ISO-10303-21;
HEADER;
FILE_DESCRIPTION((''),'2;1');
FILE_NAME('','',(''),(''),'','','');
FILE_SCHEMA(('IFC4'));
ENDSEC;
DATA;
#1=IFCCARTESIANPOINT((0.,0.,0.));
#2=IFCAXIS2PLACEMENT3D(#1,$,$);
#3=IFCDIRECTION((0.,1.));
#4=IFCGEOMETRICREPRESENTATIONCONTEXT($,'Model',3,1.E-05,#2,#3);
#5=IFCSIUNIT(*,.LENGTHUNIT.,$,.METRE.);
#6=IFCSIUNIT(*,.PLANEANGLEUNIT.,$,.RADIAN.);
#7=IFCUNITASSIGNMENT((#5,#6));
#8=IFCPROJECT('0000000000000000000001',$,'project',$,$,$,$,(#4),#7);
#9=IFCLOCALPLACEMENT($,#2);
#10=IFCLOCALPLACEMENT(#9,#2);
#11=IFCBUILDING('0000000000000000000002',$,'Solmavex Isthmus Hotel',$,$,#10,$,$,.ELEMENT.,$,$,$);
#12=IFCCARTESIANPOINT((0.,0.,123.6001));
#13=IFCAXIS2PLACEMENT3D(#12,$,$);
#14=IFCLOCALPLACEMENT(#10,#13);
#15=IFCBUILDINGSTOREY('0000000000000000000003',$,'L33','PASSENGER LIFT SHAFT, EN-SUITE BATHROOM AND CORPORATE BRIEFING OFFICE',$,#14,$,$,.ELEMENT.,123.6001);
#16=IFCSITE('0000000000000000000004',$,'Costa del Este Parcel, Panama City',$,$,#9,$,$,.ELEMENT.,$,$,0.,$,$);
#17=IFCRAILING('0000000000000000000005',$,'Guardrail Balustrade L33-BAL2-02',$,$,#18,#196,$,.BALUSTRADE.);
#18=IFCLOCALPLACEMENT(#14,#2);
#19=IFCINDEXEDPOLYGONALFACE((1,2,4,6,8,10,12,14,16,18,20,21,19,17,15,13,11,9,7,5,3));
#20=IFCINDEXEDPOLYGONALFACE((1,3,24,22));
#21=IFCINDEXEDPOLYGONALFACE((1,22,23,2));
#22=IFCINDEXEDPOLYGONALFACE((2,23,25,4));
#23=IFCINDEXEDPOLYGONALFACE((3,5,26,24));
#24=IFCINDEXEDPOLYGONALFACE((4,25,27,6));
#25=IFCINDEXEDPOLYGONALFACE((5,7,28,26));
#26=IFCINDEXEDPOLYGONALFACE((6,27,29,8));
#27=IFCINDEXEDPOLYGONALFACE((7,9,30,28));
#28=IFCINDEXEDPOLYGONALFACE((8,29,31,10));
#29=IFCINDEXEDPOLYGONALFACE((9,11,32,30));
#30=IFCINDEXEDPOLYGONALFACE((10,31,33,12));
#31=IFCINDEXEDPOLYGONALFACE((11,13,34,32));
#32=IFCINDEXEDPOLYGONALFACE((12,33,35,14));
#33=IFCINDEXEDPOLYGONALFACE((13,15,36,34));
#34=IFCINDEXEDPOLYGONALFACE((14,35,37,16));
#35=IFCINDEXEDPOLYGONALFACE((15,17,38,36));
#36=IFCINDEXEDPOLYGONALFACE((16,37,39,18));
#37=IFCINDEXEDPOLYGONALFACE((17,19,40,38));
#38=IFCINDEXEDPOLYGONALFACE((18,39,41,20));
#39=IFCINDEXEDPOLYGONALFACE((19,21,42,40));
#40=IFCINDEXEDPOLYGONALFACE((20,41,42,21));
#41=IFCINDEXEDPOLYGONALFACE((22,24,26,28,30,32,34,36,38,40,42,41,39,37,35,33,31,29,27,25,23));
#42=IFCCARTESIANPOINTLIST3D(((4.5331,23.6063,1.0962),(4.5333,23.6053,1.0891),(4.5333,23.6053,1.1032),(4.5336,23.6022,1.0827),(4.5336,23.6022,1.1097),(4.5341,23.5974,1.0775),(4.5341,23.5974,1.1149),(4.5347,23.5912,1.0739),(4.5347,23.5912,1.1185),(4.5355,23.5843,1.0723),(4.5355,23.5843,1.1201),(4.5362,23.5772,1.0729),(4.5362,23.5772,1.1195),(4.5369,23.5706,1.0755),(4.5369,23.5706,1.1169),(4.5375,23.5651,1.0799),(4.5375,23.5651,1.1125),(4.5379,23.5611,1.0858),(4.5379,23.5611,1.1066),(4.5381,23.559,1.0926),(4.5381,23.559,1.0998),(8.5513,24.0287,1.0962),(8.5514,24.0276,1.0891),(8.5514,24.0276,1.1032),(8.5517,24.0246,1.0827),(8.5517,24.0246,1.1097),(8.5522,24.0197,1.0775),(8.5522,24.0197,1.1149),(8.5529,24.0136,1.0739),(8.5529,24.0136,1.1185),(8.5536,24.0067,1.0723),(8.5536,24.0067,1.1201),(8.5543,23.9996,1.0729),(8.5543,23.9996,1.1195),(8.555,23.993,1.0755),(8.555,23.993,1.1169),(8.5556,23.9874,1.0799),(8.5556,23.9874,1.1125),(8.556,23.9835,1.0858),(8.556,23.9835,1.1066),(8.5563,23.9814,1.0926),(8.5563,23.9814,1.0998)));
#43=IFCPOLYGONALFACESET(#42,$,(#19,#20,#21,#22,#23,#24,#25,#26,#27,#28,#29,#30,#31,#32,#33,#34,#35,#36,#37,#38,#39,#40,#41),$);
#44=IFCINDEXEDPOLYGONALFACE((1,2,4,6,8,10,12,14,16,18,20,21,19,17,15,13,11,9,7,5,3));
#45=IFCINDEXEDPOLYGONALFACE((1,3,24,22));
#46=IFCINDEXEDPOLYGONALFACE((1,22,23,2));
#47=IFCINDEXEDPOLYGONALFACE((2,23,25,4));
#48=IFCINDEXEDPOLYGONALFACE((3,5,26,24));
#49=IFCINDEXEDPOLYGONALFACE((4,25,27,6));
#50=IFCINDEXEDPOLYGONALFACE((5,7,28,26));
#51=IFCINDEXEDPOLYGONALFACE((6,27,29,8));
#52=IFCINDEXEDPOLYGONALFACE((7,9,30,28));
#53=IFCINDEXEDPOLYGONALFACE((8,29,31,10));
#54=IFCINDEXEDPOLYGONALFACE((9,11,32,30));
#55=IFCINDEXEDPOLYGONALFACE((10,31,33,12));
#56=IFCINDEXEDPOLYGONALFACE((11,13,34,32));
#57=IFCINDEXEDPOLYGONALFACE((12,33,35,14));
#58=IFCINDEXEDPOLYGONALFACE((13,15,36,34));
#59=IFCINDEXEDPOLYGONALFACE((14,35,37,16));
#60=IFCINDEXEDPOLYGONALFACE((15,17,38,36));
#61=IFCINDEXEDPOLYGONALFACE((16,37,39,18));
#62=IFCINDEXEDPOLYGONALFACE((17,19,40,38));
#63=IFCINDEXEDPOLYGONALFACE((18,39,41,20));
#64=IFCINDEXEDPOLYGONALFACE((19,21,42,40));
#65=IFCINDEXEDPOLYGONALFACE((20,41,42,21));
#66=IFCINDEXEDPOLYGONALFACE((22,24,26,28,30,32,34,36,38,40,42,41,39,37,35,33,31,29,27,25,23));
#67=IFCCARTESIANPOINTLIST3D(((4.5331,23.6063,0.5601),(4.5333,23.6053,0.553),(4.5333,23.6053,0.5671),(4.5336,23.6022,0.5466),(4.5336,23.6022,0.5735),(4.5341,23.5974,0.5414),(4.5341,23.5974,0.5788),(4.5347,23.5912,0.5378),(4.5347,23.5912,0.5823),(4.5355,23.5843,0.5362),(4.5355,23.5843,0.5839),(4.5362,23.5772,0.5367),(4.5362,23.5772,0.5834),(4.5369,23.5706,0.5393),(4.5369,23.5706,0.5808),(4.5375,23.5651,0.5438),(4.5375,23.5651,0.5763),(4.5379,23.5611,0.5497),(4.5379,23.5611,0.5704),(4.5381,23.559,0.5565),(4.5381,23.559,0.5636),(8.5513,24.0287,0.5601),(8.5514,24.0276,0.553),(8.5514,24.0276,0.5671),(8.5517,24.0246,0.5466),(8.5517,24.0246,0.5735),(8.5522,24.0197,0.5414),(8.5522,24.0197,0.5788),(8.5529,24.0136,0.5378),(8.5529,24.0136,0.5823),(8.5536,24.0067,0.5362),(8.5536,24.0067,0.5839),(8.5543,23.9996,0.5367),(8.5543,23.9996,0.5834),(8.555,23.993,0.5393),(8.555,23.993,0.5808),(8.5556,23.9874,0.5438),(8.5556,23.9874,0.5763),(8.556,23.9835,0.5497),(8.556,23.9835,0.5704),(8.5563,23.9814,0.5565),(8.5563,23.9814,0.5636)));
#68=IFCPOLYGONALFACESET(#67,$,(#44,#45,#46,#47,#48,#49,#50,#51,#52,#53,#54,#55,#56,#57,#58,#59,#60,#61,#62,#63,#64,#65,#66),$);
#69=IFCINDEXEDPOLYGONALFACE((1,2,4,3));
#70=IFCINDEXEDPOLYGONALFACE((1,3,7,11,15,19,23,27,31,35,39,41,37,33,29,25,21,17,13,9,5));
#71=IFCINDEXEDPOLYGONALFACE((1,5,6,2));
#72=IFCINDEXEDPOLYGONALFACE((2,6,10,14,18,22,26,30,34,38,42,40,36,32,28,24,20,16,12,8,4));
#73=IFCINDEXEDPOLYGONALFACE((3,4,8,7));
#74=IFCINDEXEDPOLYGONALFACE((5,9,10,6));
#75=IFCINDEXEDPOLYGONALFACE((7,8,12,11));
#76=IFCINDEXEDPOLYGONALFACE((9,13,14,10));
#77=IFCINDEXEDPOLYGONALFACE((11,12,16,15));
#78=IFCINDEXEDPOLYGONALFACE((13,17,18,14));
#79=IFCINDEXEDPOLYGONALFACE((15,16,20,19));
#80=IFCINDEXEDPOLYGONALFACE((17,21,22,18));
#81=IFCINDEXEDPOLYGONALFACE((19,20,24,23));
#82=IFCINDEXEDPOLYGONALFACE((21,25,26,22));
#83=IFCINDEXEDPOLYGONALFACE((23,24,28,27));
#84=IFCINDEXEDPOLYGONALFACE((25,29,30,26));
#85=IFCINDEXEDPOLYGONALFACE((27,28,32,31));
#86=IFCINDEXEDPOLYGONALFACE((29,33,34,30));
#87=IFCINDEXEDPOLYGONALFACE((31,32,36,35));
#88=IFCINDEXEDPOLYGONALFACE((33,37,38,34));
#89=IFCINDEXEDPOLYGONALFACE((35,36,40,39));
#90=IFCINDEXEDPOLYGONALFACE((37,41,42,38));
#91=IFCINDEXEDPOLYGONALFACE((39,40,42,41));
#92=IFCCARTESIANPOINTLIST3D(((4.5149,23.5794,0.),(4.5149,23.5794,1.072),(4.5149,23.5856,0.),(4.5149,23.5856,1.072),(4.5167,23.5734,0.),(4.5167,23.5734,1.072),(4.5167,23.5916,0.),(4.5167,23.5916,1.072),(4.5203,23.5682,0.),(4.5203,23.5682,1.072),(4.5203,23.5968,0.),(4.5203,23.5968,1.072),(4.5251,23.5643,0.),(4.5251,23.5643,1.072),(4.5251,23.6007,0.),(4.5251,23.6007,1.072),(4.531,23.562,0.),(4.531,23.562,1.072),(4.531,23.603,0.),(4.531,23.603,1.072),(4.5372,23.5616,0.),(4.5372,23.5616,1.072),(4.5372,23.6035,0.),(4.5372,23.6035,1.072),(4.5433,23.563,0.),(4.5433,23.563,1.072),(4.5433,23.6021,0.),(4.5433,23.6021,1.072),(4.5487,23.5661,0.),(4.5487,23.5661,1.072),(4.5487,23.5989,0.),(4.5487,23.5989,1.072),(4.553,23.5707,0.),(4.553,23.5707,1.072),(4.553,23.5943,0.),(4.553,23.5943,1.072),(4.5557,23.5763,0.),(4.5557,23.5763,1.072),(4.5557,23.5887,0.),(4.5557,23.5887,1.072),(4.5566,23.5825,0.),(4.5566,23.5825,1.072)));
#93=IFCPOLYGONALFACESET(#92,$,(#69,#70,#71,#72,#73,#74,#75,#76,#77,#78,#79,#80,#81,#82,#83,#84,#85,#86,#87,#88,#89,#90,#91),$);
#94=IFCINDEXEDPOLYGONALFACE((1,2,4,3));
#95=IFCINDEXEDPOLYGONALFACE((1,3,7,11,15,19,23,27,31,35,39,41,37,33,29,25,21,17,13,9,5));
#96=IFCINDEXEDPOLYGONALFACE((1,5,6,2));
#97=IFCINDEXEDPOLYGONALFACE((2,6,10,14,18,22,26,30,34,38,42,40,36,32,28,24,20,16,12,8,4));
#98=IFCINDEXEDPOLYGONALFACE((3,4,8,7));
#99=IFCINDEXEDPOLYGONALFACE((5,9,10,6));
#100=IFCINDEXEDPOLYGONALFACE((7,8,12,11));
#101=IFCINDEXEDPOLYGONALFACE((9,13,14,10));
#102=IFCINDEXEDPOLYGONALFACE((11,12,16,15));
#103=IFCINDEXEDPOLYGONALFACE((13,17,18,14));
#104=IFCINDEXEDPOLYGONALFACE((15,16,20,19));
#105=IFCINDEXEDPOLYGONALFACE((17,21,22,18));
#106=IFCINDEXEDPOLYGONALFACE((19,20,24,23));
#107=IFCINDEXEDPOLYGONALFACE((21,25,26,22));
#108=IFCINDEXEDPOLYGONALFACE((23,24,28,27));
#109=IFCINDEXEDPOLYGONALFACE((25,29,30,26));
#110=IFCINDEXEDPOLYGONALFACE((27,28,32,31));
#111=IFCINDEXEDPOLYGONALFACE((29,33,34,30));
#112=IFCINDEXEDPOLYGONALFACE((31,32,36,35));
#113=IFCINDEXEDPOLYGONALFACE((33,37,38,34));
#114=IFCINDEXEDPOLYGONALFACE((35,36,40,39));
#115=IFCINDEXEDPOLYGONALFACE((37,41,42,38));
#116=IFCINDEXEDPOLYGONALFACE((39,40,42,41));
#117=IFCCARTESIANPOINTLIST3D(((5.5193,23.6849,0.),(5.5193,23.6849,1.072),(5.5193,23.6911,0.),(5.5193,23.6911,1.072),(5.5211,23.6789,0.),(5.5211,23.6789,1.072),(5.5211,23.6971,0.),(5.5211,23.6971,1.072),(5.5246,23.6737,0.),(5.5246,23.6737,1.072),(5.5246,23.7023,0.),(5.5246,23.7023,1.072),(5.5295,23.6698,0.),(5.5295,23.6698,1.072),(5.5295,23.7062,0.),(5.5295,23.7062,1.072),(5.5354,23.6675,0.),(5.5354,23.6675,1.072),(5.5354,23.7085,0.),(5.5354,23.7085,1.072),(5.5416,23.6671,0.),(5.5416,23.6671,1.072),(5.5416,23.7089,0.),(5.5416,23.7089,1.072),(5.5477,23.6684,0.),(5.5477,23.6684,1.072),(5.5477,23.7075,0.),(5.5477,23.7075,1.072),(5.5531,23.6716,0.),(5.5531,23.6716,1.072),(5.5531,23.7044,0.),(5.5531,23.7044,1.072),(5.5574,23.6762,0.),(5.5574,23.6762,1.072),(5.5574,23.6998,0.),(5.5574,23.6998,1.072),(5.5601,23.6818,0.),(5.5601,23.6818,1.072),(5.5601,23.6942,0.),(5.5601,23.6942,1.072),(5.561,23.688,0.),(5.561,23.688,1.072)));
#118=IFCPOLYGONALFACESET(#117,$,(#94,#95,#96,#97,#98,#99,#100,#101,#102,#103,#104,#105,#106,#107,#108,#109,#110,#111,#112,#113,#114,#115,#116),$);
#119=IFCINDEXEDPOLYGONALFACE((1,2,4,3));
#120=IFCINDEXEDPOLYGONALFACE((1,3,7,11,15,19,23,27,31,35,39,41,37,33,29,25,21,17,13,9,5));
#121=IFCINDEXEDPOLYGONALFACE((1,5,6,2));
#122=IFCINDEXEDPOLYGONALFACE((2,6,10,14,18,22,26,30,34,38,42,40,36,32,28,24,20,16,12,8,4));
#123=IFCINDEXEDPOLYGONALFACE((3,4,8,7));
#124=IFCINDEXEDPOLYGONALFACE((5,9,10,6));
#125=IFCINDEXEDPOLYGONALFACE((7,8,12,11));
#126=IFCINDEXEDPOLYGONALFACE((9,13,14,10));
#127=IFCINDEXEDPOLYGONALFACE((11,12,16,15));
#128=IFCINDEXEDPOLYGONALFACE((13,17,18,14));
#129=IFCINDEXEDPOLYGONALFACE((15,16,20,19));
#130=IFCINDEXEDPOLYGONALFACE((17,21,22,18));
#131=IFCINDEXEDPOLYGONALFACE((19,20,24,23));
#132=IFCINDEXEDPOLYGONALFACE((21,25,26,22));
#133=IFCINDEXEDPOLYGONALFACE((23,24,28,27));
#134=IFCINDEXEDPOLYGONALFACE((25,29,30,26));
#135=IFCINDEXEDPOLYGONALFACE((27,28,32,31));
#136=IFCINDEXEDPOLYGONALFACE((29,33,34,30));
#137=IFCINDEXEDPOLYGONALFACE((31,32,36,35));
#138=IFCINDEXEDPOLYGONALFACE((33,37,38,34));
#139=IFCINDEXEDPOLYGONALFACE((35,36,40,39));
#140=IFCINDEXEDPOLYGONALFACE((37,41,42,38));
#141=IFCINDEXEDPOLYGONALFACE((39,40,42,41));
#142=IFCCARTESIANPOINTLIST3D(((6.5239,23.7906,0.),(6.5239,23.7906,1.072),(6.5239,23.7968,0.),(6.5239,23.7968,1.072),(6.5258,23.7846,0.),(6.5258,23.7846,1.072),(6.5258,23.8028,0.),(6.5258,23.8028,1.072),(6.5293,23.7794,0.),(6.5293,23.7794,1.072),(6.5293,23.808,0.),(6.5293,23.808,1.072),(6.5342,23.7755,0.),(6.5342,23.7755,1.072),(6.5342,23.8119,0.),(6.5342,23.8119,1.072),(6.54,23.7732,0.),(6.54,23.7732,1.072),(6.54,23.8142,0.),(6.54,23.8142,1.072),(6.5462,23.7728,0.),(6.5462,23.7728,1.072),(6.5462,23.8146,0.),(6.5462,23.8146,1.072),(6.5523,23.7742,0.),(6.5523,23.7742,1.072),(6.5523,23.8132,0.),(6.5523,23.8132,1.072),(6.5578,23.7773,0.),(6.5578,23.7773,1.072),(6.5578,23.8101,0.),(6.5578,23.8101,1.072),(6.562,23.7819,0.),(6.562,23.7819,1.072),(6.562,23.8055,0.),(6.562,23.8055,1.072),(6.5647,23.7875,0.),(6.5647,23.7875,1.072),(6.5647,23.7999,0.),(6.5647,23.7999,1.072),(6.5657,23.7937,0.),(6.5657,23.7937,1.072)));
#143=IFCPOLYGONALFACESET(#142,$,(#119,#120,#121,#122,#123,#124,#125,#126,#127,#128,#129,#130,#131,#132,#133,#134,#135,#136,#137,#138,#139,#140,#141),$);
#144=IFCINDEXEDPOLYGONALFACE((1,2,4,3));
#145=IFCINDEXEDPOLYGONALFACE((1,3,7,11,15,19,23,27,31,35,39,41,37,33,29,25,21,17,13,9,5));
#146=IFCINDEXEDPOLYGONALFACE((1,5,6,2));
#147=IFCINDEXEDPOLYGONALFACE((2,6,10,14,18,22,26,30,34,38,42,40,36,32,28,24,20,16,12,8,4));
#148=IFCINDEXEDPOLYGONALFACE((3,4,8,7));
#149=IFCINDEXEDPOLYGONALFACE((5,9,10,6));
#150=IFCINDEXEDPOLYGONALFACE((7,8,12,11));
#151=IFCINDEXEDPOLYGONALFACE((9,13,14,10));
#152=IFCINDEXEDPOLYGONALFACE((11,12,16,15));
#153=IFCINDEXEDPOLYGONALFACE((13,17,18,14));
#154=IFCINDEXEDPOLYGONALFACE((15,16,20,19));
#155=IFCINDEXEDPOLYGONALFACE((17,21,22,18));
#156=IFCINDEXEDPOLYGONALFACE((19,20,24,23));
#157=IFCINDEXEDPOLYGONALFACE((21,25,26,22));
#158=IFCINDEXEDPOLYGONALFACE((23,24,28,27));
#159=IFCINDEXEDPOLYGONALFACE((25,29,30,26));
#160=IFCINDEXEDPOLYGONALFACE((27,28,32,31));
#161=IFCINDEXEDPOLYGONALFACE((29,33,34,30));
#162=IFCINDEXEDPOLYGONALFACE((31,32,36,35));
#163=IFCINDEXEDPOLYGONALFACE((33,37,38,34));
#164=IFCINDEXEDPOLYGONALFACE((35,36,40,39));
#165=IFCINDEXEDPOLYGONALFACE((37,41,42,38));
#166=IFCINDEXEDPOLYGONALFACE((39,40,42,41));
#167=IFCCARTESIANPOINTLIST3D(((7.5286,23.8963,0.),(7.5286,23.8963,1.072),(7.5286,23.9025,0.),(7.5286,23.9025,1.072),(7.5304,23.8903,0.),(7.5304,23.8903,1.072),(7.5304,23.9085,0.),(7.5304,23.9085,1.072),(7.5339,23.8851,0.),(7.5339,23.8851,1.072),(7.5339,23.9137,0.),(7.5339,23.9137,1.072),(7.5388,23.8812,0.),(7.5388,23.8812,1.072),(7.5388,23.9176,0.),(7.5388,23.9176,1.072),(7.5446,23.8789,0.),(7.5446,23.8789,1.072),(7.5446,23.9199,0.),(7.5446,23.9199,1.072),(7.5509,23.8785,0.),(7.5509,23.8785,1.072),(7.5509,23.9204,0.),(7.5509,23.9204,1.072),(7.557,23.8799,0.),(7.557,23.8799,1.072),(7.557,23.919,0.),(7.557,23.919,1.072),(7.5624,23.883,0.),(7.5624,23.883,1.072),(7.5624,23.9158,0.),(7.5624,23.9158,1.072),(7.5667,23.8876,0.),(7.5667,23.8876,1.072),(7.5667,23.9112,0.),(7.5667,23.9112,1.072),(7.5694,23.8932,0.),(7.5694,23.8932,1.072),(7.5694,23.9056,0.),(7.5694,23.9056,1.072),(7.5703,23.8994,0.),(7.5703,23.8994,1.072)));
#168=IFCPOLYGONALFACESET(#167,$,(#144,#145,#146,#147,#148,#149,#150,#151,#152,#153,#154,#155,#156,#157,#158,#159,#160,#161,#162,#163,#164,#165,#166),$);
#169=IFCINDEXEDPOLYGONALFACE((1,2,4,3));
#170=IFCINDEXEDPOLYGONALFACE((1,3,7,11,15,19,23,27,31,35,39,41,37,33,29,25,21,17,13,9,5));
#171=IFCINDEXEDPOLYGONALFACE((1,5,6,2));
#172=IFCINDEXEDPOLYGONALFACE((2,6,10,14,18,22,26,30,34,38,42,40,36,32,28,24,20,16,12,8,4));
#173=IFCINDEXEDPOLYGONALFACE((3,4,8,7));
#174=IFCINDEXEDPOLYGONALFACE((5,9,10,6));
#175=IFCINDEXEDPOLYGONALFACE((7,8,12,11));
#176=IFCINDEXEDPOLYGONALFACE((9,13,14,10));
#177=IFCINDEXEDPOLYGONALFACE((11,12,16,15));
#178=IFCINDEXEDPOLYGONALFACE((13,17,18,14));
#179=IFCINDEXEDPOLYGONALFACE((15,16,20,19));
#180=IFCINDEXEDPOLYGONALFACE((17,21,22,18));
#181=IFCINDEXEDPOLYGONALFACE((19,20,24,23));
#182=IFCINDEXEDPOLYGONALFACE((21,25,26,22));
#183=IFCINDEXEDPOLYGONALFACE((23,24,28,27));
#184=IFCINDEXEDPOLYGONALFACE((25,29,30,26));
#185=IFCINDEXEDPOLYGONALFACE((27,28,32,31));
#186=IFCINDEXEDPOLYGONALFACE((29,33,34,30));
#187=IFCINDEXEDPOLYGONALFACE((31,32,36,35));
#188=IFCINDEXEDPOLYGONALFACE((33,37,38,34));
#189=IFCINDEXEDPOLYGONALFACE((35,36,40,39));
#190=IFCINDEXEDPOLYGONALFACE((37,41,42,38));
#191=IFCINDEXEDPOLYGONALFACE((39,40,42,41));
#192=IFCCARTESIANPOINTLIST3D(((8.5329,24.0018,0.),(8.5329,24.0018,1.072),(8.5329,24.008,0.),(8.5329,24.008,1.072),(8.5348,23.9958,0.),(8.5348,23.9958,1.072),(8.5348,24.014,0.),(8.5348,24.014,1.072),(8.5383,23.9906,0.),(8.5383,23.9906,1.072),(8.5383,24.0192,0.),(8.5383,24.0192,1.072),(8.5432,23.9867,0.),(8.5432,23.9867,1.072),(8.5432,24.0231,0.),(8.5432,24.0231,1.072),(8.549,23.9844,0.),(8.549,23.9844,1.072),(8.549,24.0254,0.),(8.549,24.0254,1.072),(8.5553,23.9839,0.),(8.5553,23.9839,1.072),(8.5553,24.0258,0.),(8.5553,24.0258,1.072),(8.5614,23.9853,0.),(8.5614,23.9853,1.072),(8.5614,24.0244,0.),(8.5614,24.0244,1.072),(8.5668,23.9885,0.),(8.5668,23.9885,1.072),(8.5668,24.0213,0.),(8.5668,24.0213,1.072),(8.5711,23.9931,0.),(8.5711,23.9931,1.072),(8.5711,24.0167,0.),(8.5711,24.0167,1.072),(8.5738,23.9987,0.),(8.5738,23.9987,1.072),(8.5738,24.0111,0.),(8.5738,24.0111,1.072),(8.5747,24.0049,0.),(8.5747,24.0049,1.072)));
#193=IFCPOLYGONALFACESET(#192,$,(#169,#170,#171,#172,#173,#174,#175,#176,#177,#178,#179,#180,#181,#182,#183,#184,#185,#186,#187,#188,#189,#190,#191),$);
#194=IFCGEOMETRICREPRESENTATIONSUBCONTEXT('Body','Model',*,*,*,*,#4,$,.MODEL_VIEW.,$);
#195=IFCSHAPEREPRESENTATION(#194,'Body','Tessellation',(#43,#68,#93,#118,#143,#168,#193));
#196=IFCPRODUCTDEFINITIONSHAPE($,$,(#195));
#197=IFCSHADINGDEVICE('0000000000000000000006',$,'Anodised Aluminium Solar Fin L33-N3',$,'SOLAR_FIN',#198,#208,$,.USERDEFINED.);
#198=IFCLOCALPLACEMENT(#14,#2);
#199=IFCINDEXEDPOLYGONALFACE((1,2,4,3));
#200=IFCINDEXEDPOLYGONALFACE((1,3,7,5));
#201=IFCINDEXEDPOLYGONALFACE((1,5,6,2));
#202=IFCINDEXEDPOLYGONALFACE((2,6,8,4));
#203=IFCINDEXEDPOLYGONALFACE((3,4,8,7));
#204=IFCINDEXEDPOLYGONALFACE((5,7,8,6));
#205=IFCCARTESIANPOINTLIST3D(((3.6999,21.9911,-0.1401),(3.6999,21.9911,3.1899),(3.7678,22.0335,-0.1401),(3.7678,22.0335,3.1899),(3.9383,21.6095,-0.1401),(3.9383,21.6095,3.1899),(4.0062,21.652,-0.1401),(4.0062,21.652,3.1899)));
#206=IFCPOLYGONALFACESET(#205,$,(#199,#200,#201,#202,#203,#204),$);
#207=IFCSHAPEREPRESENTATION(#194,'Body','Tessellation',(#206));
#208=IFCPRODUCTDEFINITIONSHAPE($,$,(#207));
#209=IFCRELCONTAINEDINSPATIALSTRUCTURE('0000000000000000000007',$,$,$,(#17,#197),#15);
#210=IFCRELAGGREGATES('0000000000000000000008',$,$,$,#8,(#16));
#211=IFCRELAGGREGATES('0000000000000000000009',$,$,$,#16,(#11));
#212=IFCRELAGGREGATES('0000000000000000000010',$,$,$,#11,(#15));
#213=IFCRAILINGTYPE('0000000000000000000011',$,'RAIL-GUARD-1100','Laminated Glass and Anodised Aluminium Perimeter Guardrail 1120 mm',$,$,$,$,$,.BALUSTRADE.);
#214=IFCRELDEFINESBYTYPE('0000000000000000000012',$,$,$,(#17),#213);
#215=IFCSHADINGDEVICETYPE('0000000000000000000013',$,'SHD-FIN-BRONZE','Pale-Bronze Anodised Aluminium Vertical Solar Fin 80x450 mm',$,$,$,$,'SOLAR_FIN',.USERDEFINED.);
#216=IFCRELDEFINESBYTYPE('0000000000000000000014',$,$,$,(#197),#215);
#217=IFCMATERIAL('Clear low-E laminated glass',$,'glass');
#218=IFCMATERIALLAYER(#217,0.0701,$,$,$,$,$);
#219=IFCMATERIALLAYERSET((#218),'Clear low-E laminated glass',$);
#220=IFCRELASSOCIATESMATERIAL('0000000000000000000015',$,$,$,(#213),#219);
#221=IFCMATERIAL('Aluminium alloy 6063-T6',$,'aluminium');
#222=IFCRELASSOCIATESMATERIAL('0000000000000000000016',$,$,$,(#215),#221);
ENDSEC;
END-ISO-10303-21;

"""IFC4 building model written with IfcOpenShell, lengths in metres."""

from ifc_helpers import new_model, si_unit, direction, frame, origin, origin_2d, place, context, subcontext, project, spatial, rectangle, circle, extrude, material, layer, layer_set, type_object, element, save


model = new_model("IFC4")

# Units and contexts
model_context = context("Model", 3, precision=1e-05, world=origin(), true_north=direction((0.0, 1.0)))
body_context = subcontext(model_context, "Body", "Model", "MODEL_VIEW")
ifc_project = project(units=[si_unit("LENGTHUNIT", "METRE"), si_unit("PLANEANGLEUNIT", "RADIAN")], contexts=[model_context])

# Site, building, storey
site_placement = place(None, origin())
site = spatial("IfcSite", under=ifc_project, at=site_placement, Name="Costa del Este Parcel, Panama City", CompositionType="ELEMENT", RefElevation=0.0)
building_placement = place(site_placement, origin())
building = spatial("IfcBuilding", under=site, at=building_placement, Name="Solmavex Isthmus Hotel", CompositionType="ELEMENT")
storey_placement = place(building_placement, frame((0.0, 0.0, 123.6001)))
storey = spatial("IfcBuildingStorey", under=building, at=storey_placement, Name="L33", Description="PASSENGER LIFT SHAFT, EN-SUITE BATHROOM AND CORPORATE BRIEFING OFFICE", CompositionType="ELEMENT", Elevation=123.6001)

# Shared definitions
ifc_material_1 = material(Name="Aluminium alloy 6063-T6", Category="aluminium")

# Shared definitions
ifc_material_2 = material(Name="Clear low-E laminated glass", Category="glass")

# Railing
ifc_layer_1 = layer(ifc_material_2, 0.0701)
ifc_layer_set_1 = layer_set([ifc_layer_1], Name="Clear low-E laminated glass")
railing_type = type_object("IfcRailingType", Name="RAIL-GUARD-1100", Description="Laminated Glass and Anodised Aluminium Perimeter Guardrail 1120 mm", PredefinedType="BALUSTRADE", material=ifc_layer_set_1)
railing_1_placement = place(storey_placement, frame((4.5356, 23.5825, 0.0)))
element("IfcRailing", 1, at=railing_1_placement, inside=storey, type_object=railing_type, Name="Guardrail Balustrade L33-BAL2-02", PredefinedType="BALUSTRADE", context=body_context, shape_type="SweptSolid", body=[
    extrude(circle(Radius=0.0239, at=origin_2d()), frame((0.0, 0.0, 1.0962), z_axis=(0.994521, 0.10454, 0.0), x_axis=(-0.10454, 0.994521, 0.0)), (0.0, 0.0, 1.0), 4.0403),
    extrude(circle(Radius=0.0239, at=origin_2d()), frame((0.0, 0.0, 0.5601), z_axis=(0.994521, 0.10454, 0.0), x_axis=(-0.10454, 0.994521, 0.0)), (0.0, 0.0, 1.0), 4.0403),
    extrude(circle(Radius=0.021, at=origin_2d()), origin(), (0.0, 0.0, 1.0), 1.072),
    extrude(circle(Radius=0.021, at=origin_2d()), frame((1.0044, 0.1055, 0.0)), (0.0, 0.0, 1.0), 1.072),
    extrude(circle(Radius=0.021, at=origin_2d()), frame((2.009, 0.2112, 0.0)), (0.0, 0.0, 1.0), 1.072),
    extrude(circle(Radius=0.021, at=origin_2d()), frame((3.0137, 0.3169, 0.0)), (0.0, 0.0, 1.0), 1.072),
    extrude(circle(Radius=0.021, at=origin_2d()), frame((4.0181, 0.4224, 0.0)), (0.0, 0.0, 1.0), 1.072),
])

# Shading device
shading_device_type = type_object("IfcShadingDeviceType", Name="SHD-FIN-BRONZE", Description="Pale-Bronze Anodised Aluminium Vertical Solar Fin 80x450 mm", ElementType="SOLAR_FIN", PredefinedType="USERDEFINED", material=ifc_material_1)
shading_device_placement = place(storey_placement, frame((3.853, 21.8215, -0.1401), z_axis=(0.0, 0.0, 1.0), x_axis=(-0.529919, 0.848048, 0.0)))
element("IfcShadingDevice", 2, at=shading_device_placement, inside=storey, type_object=shading_device_type, Name="Anodised Aluminium Solar Fin L33-N3", ObjectType="SOLAR_FIN", PredefinedType="USERDEFINED", context=body_context, shape_type="SweptSolid", body=[
    extrude(rectangle(XDim=0.45, YDim=0.0801, at=origin_2d()), origin(), (0.0, 0.0, 1.0), 3.3301),
])

save(model, "model.ifc")
